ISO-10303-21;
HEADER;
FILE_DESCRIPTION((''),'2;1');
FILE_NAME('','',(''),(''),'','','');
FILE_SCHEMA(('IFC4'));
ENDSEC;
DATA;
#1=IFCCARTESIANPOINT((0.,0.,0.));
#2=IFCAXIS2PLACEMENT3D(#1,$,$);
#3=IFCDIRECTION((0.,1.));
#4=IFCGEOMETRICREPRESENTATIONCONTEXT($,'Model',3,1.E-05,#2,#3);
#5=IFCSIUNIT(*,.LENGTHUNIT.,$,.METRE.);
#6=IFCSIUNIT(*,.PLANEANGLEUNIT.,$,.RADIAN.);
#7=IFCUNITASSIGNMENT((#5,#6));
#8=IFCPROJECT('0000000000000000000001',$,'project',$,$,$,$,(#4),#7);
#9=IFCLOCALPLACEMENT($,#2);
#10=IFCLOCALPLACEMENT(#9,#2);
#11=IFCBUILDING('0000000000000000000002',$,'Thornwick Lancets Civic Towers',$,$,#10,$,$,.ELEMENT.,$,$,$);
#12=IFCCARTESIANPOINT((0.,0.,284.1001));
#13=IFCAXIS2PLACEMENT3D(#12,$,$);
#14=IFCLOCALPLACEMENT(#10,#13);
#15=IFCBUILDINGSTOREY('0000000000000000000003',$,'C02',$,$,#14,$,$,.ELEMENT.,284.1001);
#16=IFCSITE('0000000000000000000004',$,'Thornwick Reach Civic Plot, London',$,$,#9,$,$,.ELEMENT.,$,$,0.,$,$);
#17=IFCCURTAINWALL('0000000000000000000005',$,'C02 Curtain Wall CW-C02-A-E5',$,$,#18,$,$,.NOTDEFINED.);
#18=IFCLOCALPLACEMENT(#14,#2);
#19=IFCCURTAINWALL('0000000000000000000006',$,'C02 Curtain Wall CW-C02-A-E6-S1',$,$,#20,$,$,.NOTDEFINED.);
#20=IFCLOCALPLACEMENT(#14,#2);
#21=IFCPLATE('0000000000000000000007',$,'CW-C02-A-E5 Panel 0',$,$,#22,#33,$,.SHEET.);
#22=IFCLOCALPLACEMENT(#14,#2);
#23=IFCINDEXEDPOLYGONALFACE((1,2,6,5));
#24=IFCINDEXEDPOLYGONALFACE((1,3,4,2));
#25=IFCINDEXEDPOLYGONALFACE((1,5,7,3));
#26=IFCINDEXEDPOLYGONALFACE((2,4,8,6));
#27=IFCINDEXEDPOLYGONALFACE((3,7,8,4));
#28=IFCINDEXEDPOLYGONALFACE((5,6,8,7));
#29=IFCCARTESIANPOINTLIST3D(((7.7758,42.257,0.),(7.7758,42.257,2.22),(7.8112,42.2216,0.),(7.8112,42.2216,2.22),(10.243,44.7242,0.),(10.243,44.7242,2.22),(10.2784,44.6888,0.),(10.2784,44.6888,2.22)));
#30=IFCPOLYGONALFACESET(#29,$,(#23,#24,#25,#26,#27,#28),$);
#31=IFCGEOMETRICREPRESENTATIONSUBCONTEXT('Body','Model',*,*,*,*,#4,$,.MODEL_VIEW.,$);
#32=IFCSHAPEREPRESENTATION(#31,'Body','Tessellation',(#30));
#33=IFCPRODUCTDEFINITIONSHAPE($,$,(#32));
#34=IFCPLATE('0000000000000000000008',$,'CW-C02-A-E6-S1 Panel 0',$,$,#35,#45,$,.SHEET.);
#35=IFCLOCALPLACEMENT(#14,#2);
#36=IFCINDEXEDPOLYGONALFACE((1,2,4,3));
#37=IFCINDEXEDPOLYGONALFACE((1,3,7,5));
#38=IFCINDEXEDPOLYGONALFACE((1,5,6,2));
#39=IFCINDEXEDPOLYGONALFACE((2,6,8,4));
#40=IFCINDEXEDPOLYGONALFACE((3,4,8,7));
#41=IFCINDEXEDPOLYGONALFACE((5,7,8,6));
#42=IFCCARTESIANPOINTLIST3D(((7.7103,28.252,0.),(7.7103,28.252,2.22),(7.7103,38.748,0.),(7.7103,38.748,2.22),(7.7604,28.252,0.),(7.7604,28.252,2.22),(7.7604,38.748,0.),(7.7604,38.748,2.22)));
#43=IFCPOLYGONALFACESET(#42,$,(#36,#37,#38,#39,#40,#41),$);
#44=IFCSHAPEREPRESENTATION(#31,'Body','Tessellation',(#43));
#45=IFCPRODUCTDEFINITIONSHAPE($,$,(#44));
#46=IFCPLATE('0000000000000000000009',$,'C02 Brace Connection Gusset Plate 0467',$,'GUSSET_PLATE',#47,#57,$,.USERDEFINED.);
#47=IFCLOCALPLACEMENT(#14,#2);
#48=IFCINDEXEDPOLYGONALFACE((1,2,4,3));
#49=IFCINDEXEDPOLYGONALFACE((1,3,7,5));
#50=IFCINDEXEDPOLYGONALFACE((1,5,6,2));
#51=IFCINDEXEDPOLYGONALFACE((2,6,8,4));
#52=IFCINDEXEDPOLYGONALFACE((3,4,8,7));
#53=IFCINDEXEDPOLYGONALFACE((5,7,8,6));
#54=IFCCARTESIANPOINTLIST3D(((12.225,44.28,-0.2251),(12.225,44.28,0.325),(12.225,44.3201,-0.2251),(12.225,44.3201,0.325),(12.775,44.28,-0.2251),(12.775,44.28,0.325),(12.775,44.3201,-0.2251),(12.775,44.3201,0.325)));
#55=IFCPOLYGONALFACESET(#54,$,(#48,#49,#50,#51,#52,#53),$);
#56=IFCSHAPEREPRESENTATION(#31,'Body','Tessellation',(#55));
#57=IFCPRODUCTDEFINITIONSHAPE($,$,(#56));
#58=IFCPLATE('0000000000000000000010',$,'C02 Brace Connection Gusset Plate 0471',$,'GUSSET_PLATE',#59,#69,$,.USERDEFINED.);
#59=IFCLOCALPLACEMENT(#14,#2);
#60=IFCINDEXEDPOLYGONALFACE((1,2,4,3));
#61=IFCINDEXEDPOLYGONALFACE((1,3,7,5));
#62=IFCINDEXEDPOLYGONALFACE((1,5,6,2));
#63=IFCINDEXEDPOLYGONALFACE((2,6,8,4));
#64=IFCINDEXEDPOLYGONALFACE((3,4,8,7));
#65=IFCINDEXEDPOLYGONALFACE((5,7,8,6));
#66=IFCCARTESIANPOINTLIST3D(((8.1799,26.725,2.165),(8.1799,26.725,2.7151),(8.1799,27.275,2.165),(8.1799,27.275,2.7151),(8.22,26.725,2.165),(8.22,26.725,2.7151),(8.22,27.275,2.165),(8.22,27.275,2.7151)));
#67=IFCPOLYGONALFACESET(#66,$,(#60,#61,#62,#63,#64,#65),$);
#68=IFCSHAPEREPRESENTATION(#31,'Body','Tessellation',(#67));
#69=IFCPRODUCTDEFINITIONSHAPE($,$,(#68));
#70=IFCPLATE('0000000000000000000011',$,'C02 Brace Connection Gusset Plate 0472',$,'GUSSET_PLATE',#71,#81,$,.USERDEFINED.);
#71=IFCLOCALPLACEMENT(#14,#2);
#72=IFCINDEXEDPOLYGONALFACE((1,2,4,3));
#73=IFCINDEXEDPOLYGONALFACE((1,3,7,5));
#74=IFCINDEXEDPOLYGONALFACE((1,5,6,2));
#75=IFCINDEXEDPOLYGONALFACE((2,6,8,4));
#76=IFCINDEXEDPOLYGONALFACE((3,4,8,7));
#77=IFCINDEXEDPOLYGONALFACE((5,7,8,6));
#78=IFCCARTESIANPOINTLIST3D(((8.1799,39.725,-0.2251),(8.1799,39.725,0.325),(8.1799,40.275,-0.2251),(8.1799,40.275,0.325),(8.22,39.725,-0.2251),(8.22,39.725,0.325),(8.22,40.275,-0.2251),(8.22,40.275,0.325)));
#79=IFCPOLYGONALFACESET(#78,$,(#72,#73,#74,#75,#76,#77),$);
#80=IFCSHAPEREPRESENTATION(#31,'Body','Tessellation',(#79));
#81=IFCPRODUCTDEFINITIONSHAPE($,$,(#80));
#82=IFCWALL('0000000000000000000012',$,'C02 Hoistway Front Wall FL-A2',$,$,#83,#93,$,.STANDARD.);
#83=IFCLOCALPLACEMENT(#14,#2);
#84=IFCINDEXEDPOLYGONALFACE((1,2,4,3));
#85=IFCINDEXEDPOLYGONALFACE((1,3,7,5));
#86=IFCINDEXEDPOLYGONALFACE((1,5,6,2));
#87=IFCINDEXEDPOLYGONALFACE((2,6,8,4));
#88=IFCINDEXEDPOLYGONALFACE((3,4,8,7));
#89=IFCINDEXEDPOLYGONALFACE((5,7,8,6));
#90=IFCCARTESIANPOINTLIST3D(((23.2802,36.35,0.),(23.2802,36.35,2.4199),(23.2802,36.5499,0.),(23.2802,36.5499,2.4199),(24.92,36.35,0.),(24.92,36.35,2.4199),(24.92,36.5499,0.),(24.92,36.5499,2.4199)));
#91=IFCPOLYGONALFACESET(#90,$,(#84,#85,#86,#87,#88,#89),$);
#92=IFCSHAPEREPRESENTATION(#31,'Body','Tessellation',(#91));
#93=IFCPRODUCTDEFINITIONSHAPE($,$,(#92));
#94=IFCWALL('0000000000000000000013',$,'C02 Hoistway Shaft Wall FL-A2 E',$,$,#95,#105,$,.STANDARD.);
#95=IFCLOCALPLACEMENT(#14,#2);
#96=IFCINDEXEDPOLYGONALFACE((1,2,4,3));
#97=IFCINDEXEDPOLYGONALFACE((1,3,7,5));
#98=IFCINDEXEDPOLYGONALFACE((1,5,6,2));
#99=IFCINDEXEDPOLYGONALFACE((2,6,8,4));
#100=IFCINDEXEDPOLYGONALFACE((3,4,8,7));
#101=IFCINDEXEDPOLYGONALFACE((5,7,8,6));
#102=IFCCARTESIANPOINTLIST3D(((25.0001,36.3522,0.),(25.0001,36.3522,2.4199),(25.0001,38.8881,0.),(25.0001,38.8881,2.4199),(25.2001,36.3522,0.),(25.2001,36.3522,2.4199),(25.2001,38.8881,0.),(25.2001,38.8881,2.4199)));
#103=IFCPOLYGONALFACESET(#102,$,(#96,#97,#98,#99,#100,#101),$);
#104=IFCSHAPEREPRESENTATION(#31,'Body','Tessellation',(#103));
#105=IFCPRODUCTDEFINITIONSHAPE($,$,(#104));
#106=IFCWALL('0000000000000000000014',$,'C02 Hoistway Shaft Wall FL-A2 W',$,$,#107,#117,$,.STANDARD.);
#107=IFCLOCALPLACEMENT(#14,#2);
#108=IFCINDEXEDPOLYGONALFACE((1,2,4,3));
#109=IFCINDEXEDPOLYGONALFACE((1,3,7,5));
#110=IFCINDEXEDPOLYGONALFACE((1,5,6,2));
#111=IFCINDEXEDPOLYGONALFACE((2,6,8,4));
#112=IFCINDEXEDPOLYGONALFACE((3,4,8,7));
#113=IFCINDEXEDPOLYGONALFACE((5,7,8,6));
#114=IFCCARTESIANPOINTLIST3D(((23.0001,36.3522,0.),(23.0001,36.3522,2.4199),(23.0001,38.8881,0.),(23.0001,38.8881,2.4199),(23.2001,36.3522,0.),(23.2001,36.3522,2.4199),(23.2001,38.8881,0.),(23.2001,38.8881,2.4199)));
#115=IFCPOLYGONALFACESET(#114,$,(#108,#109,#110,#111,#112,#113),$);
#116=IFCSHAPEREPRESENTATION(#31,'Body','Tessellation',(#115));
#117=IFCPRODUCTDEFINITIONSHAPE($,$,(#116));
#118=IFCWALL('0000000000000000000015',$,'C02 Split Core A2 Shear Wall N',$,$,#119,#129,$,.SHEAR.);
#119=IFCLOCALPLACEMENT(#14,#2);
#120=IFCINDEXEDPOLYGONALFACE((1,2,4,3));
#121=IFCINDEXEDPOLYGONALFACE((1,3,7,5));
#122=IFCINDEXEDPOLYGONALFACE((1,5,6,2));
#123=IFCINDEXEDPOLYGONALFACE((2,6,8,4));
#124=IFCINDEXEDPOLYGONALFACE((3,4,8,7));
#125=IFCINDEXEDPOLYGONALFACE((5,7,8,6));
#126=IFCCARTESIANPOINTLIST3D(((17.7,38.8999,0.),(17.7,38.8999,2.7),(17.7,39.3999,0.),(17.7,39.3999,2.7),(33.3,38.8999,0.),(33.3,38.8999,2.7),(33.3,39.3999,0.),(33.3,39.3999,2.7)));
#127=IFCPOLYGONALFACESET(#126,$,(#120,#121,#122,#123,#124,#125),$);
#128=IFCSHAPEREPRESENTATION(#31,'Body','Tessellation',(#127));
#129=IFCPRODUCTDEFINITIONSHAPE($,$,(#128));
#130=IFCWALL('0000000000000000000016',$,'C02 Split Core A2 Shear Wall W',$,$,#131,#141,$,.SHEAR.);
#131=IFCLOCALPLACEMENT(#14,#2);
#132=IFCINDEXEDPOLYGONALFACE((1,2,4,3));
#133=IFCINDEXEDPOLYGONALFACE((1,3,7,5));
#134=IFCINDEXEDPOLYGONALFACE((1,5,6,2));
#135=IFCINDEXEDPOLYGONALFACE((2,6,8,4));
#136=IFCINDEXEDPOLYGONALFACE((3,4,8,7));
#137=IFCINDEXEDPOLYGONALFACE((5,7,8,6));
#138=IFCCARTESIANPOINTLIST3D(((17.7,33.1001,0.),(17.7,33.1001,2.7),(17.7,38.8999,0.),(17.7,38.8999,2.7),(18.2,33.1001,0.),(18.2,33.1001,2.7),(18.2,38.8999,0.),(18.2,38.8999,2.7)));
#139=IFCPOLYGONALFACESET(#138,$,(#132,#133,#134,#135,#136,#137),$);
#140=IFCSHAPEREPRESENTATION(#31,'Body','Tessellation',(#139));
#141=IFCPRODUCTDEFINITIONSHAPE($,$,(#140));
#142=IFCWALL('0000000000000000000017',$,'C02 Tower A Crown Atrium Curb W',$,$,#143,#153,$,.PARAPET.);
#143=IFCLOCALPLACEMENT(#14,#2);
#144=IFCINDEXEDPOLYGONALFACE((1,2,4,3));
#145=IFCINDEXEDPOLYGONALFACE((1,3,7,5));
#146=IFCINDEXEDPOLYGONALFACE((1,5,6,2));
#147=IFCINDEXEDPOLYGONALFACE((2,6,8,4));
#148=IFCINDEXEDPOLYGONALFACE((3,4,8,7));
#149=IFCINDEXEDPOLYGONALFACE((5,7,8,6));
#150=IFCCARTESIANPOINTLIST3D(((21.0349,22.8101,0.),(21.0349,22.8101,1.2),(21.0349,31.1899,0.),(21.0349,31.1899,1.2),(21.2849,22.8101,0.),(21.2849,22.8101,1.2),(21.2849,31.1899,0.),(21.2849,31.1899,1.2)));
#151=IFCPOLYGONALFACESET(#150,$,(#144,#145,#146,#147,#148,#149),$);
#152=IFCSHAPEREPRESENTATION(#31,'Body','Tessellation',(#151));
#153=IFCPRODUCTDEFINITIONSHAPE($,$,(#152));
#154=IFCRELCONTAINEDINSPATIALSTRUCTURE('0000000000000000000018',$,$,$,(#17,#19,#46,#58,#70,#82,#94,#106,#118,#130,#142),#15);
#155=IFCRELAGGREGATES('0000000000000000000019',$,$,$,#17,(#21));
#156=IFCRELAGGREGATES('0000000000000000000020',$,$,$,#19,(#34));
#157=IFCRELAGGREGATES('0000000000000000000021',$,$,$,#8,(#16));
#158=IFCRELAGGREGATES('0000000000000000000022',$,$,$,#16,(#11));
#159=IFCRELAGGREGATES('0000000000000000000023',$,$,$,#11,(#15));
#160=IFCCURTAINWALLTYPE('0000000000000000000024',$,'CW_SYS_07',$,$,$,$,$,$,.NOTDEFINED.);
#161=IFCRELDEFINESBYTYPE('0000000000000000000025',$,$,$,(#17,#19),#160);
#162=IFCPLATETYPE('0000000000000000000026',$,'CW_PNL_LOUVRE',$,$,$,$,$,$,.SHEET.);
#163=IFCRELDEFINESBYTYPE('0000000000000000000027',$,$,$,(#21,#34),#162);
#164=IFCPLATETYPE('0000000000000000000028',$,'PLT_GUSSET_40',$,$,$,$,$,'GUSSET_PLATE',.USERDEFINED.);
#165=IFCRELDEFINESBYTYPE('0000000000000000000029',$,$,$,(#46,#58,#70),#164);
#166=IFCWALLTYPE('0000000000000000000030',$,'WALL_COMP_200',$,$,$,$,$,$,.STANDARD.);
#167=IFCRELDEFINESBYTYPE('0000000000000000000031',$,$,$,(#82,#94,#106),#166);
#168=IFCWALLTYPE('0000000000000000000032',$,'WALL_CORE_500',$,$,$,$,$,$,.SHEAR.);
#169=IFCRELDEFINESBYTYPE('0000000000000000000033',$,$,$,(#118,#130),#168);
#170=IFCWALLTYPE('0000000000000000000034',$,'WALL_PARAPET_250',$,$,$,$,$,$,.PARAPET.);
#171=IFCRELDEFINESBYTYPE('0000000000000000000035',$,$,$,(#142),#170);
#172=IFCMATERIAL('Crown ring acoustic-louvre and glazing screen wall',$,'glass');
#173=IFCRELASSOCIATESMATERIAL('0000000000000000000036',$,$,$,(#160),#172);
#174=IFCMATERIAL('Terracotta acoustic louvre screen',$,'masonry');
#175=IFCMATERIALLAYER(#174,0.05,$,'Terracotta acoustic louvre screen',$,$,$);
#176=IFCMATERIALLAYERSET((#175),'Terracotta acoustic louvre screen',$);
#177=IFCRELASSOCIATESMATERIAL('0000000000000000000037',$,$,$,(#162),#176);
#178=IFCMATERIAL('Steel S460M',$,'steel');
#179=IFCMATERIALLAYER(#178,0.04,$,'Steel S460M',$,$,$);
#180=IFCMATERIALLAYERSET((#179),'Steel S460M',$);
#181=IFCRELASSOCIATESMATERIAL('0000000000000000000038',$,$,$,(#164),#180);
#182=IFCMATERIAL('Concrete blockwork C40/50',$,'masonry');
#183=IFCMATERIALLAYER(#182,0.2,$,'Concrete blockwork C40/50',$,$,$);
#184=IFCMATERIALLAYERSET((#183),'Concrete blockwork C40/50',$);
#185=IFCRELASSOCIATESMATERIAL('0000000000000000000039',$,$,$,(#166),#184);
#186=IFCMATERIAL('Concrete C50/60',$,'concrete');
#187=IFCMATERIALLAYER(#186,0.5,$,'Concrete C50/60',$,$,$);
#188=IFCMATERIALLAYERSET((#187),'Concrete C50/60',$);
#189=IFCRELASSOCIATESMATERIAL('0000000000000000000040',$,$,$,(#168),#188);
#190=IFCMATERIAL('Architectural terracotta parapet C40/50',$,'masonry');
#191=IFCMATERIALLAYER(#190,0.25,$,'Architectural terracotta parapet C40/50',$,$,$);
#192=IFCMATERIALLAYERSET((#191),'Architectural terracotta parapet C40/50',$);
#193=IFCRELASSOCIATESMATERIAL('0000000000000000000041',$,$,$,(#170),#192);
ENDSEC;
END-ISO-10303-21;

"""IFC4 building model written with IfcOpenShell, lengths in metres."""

from ifc_helpers import new_model, si_unit, direction, frame, frame_2d, origin, origin_2d, place, context, subcontext, project, spatial, rectangle, extrude, material, layer, layer_set, type_object, element, aggregate, save


model = new_model("IFC4")

# Units and contexts
model_context = context("Model", 3, precision=1e-05, world=origin(), true_north=direction((0.0, 1.0)))
body_context = subcontext(model_context, "Body", "Model", "MODEL_VIEW")
ifc_project = project(units=[si_unit("LENGTHUNIT", "METRE"), si_unit("PLANEANGLEUNIT", "RADIAN")], contexts=[model_context])

# Site, building, storey
site_placement = place(None, origin())
site = spatial("IfcSite", under=ifc_project, at=site_placement, Name="Thornwick Reach Civic Plot, London", CompositionType="ELEMENT", RefElevation=0.0)
building_placement = place(site_placement, origin())
building = spatial("IfcBuilding", under=site, at=building_placement, Name="Thornwick Lancets Civic Towers", CompositionType="ELEMENT")
storey_placement = place(building_placement, frame((0.0, 0.0, 284.1001)))
storey = spatial("IfcBuildingStorey", under=building, at=storey_placement, Name="C02", CompositionType="ELEMENT", Elevation=284.1001)

# Curtain walls
ifc_material_1 = material(Name="Crown ring acoustic-louvre and glazing screen wall", Category="glass")
curtain_wall_type = type_object("IfcCurtainWallType", Name="CW_SYS_07", PredefinedType="NOTDEFINED", material=ifc_material_1)
curtain_wall_1_placement = place(storey_placement, origin())
curtain_wall_1 = element("IfcCurtainWall", 1, at=curtain_wall_1_placement, inside=storey, type_object=curtain_wall_type, Name="C02 Curtain Wall CW-C02-A-E5", PredefinedType="NOTDEFINED")
curtain_wall_2_placement = place(storey_placement, origin())
curtain_wall_2 = element("IfcCurtainWall", 2, at=curtain_wall_2_placement, inside=storey, type_object=curtain_wall_type, Name="C02 Curtain Wall CW-C02-A-E6-S1", PredefinedType="NOTDEFINED")

# Plates
ifc_material_2 = material(Name="Terracotta acoustic louvre screen", Category="masonry")
ifc_layer_1 = layer(ifc_material_2, 0.05, Name="Terracotta acoustic louvre screen")
ifc_layer_set_1 = layer_set([ifc_layer_1], Name="Terracotta acoustic louvre screen")
plate_type_1 = type_object("IfcPlateType", Name="CW_PNL_LOUVRE", PredefinedType="SHEET", material=ifc_layer_set_1)
plate_1_placement = place(storey_placement, frame((9.0271, 43.4729, 0.0), z_axis=(0.0, 0.0, 1.0), x_axis=(-0.707107, -0.707107, 0.0)))
plate_1 = element("IfcPlate", 3, at=plate_1_placement, type_object=plate_type_1, Name="CW-C02-A-E5 Panel 0", PredefinedType="SHEET", context=body_context, shape_type="SweptSolid", body=[
    extrude(rectangle(XDim=3.4893, YDim=0.05, at=origin_2d()), origin(), (0.0, 0.0, 1.0), 2.22),
])
aggregate(curtain_wall_1, [plate_1])
plate_2_placement = place(storey_placement, frame((7.7354, 33.5, 0.0), z_axis=(0.0, 0.0, 1.0), x_axis=(0.0, -1.0, 0.0)))
plate_2 = element("IfcPlate", 4, at=plate_2_placement, type_object=plate_type_1, Name="CW-C02-A-E6-S1 Panel 0", PredefinedType="SHEET", context=body_context, shape_type="SweptSolid", body=[
    extrude(rectangle(XDim=10.4961, YDim=0.05, at=origin_2d()), origin(), (0.0, 0.0, 1.0), 2.22),
])
aggregate(curtain_wall_2, [plate_2])

# Plates
ifc_material_3 = material(Name="Steel S460M", Category="steel")
ifc_layer_2 = layer(ifc_material_3, 0.04, Name="Steel S460M")
ifc_layer_set_2 = layer_set([ifc_layer_2], Name="Steel S460M")
plate_type_2 = type_object("IfcPlateType", Name="PLT_GUSSET_40", ElementType="GUSSET_PLATE", PredefinedType="USERDEFINED", material=ifc_layer_set_2)
for number, where, z_axis, x_axis, name in (
    (5, (12.5, 44.3, -0.2251), (0.0, 0.0, 1.0), (1.0, 0.0, 0.0), "C02 Brace Connection Gusset Plate 0467"),
    (6, (8.2, 27.0, 2.165), (0.0, 0.0, 1.0), (0.0, 1.0, 0.0), "C02 Brace Connection Gusset Plate 0471"),
    (7, (8.2, 40.0, -0.2251), (0.0, 0.0, 1.0), (0.0, -1.0, 0.0), "C02 Brace Connection Gusset Plate 0472"),
):
    element("IfcPlate", number, at=place(storey_placement, frame(where, z_axis=z_axis, x_axis=x_axis)), inside=storey, type_object=plate_type_2, Name=name, ObjectType="GUSSET_PLATE", PredefinedType="USERDEFINED", context=body_context, shape_type="SweptSolid", body=[
        extrude(rectangle(XDim=0.55, YDim=0.04, at=origin_2d()), origin(), (0.0, 0.0, 1.0), 0.55),
    ])

# Walls
ifc_material_4 = material(Name="Concrete blockwork C40/50", Category="masonry")
ifc_layer_3 = layer(ifc_material_4, 0.2, Name="Concrete blockwork C40/50")
ifc_layer_set_3 = layer_set([ifc_layer_3], Name="Concrete blockwork C40/50")
wall_type_1 = type_object("IfcWallType", Name="WALL_COMP_200", PredefinedType="STANDARD", material=ifc_layer_set_3)
wall_1_placement = place(storey_placement, frame((24.9199, 36.45, 0.0), z_axis=(0.0, 0.0, 1.0), x_axis=(-1.0, 0.0, 0.0)))
element("IfcWall", 8, at=wall_1_placement, inside=storey, type_object=wall_type_1, Name="C02 Hoistway Front Wall FL-A2", PredefinedType="STANDARD", context=body_context, shape_type="SweptSolid", body=[
    extrude(rectangle(XDim=1.6399, YDim=0.2, at=frame_2d((0.8198, 0.0))), origin(), (0.0, 0.0, 1.0), 2.4199),
])
for number, where, z_axis, x_axis, name in (
    (9, (25.1001, 36.3521, 0.0), (0.0, 0.0, 1.0), (0.0, 1.0, 0.0), "C02 Hoistway Shaft Wall FL-A2 E"),
    (10, (23.1001, 36.3521, 0.0), (0.0, 0.0, 1.0), (0.0, 1.0, 0.0), "C02 Hoistway Shaft Wall FL-A2 W"),
):
    element("IfcWall", number, at=place(storey_placement, frame(where, z_axis=z_axis, x_axis=x_axis)), inside=storey, type_object=wall_type_1, Name=name, PredefinedType="STANDARD", context=body_context, shape_type="SweptSolid", body=[
        extrude(rectangle(XDim=2.5359, YDim=0.2, at=frame_2d((1.2681, 0.0))), origin(), (0.0, 0.0, 1.0), 2.4199),
    ])
ifc_material_5 = material(Name="Concrete C50/60", Category="concrete")
ifc_layer_4 = layer(ifc_material_5, 0.5, Name="Concrete C50/60")
ifc_layer_set_4 = layer_set([ifc_layer_4], Name="Concrete C50/60")
wall_type_2 = type_object("IfcWallType", Name="WALL_CORE_500", PredefinedType="SHEAR", material=ifc_layer_set_4)
wall_2_placement = place(storey_placement, frame((17.7, 39.1499, 0.0), z_axis=(0.0, 0.0, 1.0), x_axis=(1.0, 0.0, 0.0)))
element("IfcWall", 11, at=wall_2_placement, inside=storey, type_object=wall_type_2, Name="C02 Split Core A2 Shear Wall N", PredefinedType="SHEAR", context=body_context, shape_type="SweptSolid", body=[
    extrude(rectangle(XDim=15.6001, YDim=0.5, at=frame_2d((7.8, 0.0))), origin(), (0.0, 0.0, 1.0), 2.7),
])
wall_3_placement = place(storey_placement, frame((17.95, 33.1001, 0.0), z_axis=(0.0, 0.0, 1.0), x_axis=(0.0, 1.0, 0.0)))
element("IfcWall", 12, at=wall_3_placement, inside=storey, type_object=wall_type_2, Name="C02 Split Core A2 Shear Wall W", PredefinedType="SHEAR", context=body_context, shape_type="SweptSolid", body=[
    extrude(rectangle(XDim=5.7998, YDim=0.5, at=frame_2d((2.8999, 0.0))), origin(), (0.0, 0.0, 1.0), 2.7),
])
ifc_material_6 = material(Name="Architectural terracotta parapet C40/50", Category="masonry")
ifc_layer_5 = layer(ifc_material_6, 0.25, Name="Architectural terracotta parapet C40/50")
ifc_layer_set_5 = layer_set([ifc_layer_5], Name="Architectural terracotta parapet C40/50")
wall_type_3 = type_object("IfcWallType", Name="WALL_PARAPET_250", PredefinedType="PARAPET", material=ifc_layer_set_5)
wall_4_placement = place(storey_placement, frame((21.1599, 31.1899, 0.0), z_axis=(0.0, 0.0, 1.0), x_axis=(0.0, -1.0, 0.0)))
element("IfcWall", 13, at=wall_4_placement, inside=storey, type_object=wall_type_3, Name="C02 Tower A Crown Atrium Curb W", PredefinedType="PARAPET", context=body_context, shape_type="SweptSolid", body=[
    extrude(rectangle(XDim=8.3799, YDim=0.25, at=frame_2d((4.1899, 0.0))), origin(), (0.0, 0.0, 1.0), 1.2),
])

save(model, "model.ifc")
